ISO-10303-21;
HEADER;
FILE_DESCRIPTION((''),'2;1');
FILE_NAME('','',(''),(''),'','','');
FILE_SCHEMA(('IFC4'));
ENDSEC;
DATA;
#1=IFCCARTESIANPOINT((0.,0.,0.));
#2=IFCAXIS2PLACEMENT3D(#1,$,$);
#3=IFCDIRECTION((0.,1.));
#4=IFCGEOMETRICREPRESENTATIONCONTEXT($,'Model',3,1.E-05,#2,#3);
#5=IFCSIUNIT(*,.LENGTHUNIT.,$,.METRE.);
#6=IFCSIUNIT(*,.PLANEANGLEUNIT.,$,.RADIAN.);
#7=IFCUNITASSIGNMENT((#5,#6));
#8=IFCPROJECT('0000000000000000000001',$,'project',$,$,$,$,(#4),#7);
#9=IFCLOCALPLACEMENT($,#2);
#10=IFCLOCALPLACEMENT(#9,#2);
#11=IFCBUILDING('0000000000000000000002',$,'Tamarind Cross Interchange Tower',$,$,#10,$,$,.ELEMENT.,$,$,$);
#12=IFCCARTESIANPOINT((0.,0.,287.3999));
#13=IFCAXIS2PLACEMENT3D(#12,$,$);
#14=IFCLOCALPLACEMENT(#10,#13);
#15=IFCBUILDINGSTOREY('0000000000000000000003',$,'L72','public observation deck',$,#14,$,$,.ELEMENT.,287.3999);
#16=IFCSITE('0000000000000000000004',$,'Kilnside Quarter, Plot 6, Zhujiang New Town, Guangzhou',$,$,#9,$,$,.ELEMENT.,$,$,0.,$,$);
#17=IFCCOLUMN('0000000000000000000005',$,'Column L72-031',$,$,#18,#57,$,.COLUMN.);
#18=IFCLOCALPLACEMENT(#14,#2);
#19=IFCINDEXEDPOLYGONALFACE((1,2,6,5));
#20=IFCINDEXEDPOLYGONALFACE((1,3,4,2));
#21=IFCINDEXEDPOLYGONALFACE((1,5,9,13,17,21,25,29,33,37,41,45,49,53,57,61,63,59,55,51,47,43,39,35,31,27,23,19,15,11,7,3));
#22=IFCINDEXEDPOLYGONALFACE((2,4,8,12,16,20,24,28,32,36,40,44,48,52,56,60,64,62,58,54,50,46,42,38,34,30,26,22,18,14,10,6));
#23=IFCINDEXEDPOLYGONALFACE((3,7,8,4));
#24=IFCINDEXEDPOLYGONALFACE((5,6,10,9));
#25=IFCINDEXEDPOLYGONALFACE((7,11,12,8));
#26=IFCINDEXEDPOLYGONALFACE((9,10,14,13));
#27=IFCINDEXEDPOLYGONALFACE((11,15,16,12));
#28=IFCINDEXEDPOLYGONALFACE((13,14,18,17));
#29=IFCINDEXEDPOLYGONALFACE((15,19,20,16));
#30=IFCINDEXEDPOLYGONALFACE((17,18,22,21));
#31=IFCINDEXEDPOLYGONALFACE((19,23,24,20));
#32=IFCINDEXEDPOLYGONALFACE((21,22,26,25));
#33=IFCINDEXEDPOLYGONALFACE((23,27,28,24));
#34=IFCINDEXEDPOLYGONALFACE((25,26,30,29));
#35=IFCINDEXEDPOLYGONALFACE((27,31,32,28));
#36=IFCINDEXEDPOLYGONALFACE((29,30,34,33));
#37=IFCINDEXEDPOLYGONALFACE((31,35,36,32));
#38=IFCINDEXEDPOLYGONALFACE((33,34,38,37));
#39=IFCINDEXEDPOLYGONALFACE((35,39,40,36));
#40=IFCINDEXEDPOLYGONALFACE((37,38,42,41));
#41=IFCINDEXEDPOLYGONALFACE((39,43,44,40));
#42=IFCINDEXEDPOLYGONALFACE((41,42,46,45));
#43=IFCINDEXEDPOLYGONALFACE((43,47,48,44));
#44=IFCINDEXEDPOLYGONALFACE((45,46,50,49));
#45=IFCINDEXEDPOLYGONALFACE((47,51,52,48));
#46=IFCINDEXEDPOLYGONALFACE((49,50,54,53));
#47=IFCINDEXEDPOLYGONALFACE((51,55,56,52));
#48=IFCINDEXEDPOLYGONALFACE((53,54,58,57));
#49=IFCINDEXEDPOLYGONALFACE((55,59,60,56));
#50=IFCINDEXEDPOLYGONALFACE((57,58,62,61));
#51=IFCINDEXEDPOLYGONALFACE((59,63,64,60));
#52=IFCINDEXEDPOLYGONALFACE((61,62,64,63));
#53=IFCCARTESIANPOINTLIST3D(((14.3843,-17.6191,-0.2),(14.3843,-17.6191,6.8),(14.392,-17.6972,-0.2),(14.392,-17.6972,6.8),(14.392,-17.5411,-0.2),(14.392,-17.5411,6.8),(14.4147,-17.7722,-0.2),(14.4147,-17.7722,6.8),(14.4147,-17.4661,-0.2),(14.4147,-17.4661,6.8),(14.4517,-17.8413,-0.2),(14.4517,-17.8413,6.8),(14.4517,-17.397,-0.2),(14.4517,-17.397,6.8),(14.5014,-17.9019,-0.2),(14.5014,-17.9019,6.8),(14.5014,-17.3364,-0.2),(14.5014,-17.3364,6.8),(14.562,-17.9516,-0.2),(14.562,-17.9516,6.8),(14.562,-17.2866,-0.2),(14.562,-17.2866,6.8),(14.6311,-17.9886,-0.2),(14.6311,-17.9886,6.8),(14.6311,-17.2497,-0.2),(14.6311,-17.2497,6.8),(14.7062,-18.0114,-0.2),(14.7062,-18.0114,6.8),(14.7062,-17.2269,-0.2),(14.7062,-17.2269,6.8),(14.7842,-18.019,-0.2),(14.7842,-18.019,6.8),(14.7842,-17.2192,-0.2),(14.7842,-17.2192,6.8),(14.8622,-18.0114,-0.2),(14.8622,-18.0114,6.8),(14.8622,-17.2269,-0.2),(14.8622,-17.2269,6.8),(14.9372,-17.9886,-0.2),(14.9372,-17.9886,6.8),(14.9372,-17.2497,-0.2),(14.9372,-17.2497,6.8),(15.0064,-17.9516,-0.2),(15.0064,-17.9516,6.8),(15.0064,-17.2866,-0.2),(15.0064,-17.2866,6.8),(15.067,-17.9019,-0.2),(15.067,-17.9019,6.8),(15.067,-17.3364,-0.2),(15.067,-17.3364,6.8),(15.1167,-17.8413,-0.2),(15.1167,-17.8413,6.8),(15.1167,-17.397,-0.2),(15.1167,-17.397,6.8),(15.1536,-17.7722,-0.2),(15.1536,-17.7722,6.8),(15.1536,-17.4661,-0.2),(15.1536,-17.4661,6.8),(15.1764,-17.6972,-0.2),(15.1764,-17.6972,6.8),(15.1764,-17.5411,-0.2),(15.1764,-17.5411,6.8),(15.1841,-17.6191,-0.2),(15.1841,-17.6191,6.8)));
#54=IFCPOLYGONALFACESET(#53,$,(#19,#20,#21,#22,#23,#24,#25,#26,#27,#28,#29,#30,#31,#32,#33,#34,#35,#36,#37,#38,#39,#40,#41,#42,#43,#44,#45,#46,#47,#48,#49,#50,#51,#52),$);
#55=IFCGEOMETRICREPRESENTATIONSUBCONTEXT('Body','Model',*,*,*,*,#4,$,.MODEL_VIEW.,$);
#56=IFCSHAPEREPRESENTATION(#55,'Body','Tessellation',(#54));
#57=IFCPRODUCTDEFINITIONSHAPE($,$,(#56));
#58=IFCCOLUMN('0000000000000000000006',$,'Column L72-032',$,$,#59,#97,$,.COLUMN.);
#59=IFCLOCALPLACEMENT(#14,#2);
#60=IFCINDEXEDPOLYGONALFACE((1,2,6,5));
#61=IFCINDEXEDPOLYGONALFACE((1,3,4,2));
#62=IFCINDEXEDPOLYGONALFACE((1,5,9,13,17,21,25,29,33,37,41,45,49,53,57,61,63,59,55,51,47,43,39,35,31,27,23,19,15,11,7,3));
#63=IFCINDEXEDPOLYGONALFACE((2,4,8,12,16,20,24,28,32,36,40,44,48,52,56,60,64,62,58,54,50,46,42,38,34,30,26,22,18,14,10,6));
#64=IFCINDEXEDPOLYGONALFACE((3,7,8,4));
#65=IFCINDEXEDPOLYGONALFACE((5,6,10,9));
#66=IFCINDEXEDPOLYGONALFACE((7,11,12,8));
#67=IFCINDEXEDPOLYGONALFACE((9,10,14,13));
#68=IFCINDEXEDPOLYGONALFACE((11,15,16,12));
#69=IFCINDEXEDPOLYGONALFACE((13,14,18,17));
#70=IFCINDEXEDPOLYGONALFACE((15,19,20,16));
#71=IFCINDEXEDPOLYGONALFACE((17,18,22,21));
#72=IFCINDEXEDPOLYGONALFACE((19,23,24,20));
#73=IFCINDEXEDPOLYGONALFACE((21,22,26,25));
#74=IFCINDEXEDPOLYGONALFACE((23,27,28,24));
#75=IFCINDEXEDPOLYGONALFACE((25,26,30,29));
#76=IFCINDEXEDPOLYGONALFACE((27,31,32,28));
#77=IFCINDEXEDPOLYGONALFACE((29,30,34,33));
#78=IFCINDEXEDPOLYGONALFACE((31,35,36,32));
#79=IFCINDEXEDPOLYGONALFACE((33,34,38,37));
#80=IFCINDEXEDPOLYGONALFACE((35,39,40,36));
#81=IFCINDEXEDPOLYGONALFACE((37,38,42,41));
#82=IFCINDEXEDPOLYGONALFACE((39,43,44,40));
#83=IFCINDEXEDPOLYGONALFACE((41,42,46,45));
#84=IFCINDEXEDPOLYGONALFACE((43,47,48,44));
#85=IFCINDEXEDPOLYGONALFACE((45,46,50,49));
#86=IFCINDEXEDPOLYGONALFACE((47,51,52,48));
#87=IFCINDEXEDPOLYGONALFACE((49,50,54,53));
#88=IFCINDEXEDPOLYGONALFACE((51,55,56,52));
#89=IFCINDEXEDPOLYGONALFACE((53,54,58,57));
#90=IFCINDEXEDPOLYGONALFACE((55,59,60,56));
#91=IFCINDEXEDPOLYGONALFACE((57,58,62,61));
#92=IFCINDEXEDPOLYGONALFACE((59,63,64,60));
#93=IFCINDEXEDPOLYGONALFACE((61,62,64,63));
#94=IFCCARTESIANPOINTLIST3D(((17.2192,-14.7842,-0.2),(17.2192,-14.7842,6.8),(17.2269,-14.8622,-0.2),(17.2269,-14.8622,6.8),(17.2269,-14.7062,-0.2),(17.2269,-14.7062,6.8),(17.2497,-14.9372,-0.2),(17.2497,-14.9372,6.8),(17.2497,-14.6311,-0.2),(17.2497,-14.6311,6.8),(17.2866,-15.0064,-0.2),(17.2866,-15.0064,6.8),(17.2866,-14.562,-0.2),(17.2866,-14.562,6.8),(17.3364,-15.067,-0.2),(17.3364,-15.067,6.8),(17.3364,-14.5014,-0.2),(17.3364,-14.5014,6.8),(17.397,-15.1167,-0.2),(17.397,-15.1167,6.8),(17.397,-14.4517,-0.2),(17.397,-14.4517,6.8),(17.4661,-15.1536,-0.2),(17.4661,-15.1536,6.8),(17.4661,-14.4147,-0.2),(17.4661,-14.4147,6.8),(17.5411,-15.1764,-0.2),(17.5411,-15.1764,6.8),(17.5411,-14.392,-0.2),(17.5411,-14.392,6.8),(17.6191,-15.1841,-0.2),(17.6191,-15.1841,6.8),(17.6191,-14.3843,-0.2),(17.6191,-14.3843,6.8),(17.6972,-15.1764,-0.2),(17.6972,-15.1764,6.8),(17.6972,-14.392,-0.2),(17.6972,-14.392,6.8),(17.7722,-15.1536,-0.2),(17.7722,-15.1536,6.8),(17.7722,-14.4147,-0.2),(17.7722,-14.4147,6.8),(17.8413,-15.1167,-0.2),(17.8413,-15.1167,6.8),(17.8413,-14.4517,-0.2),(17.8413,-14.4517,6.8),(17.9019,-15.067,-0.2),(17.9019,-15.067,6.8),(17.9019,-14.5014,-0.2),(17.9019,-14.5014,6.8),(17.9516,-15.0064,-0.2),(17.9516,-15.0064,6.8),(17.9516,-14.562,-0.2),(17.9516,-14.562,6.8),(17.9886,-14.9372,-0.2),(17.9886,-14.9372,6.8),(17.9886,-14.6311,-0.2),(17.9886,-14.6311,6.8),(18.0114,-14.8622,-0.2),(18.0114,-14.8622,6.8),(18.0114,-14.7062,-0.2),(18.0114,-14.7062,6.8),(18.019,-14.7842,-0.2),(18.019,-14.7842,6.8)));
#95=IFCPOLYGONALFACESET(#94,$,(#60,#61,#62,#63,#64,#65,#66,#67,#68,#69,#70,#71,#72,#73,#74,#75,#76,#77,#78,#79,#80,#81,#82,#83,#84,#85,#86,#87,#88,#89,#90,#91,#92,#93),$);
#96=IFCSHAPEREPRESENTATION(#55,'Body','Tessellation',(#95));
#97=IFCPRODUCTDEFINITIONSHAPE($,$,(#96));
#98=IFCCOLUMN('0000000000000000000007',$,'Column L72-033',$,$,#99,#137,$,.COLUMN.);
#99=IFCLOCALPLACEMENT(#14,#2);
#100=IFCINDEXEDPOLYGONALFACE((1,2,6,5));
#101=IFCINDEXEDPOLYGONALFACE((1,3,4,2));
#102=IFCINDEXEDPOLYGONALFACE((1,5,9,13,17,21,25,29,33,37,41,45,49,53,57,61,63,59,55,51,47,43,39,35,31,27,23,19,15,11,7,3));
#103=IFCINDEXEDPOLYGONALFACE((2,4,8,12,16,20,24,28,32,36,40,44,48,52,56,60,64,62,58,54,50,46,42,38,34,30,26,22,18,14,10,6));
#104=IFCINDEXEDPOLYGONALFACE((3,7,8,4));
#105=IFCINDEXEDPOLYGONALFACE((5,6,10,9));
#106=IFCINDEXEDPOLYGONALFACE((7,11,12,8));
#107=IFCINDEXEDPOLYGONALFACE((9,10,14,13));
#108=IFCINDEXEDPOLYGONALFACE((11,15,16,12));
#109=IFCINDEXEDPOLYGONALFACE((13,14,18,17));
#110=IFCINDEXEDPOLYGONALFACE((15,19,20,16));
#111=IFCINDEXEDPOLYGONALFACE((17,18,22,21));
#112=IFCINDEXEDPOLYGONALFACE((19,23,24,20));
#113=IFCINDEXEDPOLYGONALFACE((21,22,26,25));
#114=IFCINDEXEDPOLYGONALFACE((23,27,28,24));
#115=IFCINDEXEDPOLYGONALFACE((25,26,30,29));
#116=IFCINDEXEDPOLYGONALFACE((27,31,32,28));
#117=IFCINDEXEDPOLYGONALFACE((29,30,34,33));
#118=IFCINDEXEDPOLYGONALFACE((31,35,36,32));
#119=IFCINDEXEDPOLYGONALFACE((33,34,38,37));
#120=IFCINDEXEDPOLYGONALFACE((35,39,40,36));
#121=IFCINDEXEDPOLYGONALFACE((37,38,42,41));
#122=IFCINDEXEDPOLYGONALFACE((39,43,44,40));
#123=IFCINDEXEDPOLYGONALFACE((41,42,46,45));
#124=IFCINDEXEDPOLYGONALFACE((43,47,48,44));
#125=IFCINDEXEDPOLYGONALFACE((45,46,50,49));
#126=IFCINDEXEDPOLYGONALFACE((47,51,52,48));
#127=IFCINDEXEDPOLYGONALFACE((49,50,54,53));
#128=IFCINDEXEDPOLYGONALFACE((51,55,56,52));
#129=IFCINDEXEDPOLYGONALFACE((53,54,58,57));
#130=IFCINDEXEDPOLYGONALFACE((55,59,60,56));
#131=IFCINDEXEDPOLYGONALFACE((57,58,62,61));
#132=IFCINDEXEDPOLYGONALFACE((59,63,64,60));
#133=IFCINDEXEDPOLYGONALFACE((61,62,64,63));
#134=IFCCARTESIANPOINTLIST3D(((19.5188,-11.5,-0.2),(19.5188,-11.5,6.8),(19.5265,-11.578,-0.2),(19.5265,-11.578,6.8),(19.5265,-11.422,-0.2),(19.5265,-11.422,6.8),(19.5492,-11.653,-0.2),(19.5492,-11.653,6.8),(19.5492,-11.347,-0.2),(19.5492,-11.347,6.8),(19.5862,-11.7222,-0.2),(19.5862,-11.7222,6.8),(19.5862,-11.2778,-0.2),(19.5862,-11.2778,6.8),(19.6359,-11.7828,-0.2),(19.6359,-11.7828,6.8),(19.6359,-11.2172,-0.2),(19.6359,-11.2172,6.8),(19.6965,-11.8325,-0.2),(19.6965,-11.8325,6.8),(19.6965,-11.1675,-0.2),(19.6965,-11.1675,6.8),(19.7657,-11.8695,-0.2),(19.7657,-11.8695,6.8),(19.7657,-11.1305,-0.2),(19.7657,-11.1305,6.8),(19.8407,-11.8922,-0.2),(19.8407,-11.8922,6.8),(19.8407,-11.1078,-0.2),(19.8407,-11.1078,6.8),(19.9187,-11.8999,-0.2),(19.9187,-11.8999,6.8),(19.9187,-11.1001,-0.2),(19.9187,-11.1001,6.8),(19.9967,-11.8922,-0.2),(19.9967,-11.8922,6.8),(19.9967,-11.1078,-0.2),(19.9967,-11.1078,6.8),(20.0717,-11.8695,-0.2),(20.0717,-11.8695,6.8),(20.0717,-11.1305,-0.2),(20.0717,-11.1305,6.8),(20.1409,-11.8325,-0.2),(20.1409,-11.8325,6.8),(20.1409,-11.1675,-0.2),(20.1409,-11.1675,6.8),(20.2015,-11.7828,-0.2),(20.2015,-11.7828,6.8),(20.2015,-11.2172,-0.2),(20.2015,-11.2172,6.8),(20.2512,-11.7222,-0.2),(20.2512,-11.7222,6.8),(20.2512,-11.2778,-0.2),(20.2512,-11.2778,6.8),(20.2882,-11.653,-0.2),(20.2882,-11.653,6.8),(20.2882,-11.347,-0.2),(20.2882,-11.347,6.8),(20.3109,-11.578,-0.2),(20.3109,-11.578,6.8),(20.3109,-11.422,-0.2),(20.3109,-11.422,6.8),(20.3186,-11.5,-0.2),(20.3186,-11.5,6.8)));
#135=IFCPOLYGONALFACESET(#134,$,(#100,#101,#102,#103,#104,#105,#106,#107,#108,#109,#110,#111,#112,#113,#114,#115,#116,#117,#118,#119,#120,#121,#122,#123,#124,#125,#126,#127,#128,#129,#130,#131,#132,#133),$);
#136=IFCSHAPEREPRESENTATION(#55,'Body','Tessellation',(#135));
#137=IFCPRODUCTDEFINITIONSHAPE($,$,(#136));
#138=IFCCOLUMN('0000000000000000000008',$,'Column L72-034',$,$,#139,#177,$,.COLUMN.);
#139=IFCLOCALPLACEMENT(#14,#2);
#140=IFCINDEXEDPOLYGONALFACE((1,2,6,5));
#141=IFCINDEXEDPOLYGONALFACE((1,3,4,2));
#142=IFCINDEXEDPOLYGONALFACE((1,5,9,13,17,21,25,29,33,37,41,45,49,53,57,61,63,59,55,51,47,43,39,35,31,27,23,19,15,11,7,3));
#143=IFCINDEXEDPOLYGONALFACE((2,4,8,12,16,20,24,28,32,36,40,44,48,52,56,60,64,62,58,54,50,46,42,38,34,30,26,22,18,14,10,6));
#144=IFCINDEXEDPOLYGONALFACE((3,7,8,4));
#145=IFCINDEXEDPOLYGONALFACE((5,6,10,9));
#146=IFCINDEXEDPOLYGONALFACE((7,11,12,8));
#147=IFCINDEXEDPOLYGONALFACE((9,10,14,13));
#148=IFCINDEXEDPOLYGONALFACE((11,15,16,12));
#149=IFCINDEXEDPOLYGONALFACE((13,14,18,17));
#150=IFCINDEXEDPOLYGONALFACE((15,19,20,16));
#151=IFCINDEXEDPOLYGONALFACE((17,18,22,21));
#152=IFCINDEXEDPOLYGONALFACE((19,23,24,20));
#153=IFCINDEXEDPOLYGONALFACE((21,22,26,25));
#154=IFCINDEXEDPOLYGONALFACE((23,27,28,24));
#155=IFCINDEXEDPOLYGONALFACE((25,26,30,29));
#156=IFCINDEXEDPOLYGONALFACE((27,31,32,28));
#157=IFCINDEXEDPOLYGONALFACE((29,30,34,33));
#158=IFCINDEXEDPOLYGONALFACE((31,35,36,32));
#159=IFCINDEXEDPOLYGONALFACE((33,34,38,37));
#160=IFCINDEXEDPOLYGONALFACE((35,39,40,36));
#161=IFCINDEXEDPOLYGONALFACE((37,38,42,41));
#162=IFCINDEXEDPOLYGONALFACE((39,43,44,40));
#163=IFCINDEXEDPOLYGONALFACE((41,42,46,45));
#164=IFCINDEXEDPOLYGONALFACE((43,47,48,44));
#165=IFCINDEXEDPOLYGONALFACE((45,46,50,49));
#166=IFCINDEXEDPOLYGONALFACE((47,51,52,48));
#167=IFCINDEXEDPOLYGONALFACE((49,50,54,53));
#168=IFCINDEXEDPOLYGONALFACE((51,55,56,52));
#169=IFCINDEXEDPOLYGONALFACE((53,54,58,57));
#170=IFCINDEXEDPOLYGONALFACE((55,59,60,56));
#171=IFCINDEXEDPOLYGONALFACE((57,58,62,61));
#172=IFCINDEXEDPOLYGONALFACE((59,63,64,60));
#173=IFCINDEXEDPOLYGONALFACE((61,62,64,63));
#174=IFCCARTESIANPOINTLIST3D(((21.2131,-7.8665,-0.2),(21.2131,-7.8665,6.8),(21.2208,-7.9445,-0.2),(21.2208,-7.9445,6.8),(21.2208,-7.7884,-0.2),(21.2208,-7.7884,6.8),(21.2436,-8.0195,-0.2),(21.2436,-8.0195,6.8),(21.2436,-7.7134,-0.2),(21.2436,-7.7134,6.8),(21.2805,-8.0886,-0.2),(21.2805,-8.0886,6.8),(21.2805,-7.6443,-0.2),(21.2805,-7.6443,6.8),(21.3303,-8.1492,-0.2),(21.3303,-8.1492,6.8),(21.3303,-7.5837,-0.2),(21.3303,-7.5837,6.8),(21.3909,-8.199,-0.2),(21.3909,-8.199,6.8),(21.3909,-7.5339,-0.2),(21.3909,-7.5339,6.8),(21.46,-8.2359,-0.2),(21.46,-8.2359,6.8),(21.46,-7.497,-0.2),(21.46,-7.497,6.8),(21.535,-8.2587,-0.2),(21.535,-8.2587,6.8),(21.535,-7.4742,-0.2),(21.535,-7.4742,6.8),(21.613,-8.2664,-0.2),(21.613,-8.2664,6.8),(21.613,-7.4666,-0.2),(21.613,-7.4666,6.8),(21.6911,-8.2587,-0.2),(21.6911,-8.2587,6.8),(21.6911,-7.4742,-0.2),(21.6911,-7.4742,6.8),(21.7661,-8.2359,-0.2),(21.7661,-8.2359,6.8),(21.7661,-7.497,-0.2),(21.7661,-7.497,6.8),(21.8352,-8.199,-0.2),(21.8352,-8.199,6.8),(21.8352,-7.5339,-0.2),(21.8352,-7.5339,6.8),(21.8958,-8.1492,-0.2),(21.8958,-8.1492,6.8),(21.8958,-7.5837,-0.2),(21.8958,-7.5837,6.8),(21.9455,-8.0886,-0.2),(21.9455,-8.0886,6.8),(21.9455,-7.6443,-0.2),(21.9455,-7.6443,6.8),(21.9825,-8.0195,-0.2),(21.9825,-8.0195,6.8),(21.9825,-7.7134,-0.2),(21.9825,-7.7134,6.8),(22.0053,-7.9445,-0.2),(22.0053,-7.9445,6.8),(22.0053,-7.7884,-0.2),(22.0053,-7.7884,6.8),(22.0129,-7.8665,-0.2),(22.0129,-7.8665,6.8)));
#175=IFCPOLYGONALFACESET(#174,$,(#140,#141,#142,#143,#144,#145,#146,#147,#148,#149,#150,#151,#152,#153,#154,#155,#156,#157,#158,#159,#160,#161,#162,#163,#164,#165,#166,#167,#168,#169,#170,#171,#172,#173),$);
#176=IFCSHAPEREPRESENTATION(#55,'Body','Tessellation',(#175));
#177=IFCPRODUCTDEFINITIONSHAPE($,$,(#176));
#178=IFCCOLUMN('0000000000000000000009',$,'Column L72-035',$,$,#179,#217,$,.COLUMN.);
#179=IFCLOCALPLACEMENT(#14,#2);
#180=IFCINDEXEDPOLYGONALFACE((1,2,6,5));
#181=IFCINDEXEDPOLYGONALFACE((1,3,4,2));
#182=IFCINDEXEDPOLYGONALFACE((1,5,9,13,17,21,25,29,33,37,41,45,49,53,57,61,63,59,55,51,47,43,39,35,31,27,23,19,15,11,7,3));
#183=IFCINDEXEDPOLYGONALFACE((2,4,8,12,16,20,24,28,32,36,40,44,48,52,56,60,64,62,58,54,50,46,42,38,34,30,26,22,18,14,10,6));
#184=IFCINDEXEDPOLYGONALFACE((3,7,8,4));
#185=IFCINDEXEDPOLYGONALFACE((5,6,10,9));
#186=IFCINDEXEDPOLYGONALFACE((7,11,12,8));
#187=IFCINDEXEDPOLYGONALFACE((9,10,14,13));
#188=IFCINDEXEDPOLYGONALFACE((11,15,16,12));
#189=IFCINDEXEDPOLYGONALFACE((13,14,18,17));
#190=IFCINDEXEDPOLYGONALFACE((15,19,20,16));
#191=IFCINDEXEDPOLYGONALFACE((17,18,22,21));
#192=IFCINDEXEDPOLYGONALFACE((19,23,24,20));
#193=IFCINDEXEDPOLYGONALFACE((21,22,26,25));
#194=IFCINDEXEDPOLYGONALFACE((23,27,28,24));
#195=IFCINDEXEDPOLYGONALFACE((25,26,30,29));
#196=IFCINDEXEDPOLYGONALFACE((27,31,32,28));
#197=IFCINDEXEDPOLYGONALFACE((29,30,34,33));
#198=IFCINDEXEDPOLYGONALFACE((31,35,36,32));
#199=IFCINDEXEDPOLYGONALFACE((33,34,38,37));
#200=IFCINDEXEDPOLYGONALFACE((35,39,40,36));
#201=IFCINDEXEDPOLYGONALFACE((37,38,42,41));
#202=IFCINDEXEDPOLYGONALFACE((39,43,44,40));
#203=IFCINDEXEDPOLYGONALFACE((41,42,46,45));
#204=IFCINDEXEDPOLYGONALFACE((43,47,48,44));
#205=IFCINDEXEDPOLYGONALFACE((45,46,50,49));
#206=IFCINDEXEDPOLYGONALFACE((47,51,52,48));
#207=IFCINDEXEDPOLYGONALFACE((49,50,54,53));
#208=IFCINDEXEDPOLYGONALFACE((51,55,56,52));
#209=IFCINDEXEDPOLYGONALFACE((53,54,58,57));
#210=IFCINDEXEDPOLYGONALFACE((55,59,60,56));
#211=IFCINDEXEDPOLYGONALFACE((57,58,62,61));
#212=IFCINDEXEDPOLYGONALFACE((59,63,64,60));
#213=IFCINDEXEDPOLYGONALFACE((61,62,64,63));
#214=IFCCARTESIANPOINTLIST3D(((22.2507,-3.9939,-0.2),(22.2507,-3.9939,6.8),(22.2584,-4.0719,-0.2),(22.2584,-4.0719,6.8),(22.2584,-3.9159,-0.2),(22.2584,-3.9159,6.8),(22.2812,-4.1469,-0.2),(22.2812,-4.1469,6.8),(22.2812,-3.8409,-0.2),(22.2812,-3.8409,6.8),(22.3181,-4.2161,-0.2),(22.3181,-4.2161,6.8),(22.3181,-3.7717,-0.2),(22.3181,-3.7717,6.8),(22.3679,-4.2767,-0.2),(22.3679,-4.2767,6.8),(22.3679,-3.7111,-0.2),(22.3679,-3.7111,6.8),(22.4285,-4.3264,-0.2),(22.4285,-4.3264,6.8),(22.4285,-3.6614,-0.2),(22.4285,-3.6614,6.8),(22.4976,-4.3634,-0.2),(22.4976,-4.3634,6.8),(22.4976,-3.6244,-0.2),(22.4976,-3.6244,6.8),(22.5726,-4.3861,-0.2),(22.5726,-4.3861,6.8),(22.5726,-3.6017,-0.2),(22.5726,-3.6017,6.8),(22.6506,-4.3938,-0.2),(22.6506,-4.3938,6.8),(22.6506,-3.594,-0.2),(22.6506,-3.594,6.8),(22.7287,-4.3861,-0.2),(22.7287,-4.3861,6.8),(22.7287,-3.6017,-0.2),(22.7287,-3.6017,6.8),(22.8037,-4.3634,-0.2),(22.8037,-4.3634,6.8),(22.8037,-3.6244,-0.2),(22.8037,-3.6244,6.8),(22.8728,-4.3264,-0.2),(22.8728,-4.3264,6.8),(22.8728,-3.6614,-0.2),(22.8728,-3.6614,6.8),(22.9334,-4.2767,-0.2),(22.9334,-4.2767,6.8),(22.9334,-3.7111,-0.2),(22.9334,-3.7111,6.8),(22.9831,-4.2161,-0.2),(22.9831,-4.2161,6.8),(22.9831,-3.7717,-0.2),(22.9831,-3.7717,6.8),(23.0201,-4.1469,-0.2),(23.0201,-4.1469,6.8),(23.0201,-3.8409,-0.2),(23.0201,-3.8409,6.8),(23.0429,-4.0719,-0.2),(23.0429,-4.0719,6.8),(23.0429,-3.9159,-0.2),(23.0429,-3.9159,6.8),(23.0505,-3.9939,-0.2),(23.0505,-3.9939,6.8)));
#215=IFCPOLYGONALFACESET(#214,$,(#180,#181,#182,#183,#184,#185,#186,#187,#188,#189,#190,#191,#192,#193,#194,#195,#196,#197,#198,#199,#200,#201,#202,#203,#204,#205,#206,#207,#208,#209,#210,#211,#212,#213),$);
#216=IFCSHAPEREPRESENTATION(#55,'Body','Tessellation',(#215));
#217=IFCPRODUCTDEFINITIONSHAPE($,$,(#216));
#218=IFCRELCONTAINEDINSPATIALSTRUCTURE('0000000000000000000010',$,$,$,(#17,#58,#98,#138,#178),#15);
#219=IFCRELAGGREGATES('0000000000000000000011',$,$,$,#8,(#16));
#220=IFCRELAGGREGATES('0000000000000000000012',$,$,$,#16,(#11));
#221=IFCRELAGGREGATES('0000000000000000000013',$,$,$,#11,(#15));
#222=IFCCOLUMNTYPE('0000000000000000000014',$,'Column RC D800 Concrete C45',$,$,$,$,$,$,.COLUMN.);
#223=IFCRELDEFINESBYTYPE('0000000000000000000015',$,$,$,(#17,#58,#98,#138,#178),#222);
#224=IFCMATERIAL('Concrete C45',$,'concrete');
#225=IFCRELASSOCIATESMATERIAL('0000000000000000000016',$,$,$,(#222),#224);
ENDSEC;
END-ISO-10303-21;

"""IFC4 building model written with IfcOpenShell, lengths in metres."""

from ifc_helpers import new_model, si_unit, direction, frame, origin, origin_2d, place, context, subcontext, project, spatial, circle, extrude, material, material_profile, profile_set, type_object, element, save


model = new_model("IFC4")

# Units and contexts
model_context = context("Model", 3, precision=1e-05, world=origin(), true_north=direction((0.0, 1.0)))
body_context = subcontext(model_context, "Body", "Model", "MODEL_VIEW")
ifc_project = project(units=[si_unit("LENGTHUNIT", "METRE"), si_unit("PLANEANGLEUNIT", "RADIAN")], contexts=[model_context])

# Site, building, storey
site_placement = place(None, origin())
site = spatial("IfcSite", under=ifc_project, at=site_placement, Name="Kilnside Quarter, Plot 6, Zhujiang New Town, Guangzhou", CompositionType="ELEMENT", RefElevation=0.0)
building_placement = place(site_placement, origin())
building = spatial("IfcBuilding", under=site, at=building_placement, Name="Tamarind Cross Interchange Tower", CompositionType="ELEMENT")
storey_placement = place(building_placement, frame((0.0, 0.0, 287.3999)))
storey = spatial("IfcBuildingStorey", under=building, at=storey_placement, Name="L72", Description="public observation deck", CompositionType="ELEMENT", Elevation=287.3999)

# Columns
ifc_material_1 = material(Name="Concrete C45", Category="concrete")
ifc_material_profile_1 = material_profile(ifc_material_1, circle(Radius=0.3999, at=origin_2d()), Name="RC D800")
ifc_profile_set_1 = profile_set([ifc_material_profile_1], Name="Concrete C45")
column_type = type_object("IfcColumnType", Name="Column RC D800 Concrete C45", PredefinedType="COLUMN", material=ifc_profile_set_1)
for number, where, z_axis, x_axis, name in (
    (1, (14.7842, -17.6191, -0.2), (0.0, 0.0, 1.0), (1.0, 0.0, 0.0), "Column L72-031"),
    (2, (17.6191, -14.7842, -0.2), (0.0, 0.0, 1.0), (1.0, 0.0, 0.0), "Column L72-032"),
    (3, (19.9187, -11.5, -0.2), (0.0, 0.0, 1.0), (1.0, 0.0, 0.0), "Column L72-033"),
    (4, (21.613, -7.8665, -0.2), (0.0, 0.0, 1.0), (1.0, 0.0, 0.0), "Column L72-034"),
    (5, (22.6506, -3.9939, -0.2), (0.0, 0.0, 1.0), (1.0, 0.0, 0.0), "Column L72-035"),
):
    element("IfcColumn", number, at=place(storey_placement, frame(where, z_axis=z_axis, x_axis=x_axis)), inside=storey, type_object=column_type, Name=name, PredefinedType="COLUMN", context=body_context, shape_type="SweptSolid", body=[
        extrude(circle(Radius=0.3999, at=origin_2d()), origin(), (0.0, 0.0, 1.0), 7.0),
    ])

save(model, "model.ifc")
